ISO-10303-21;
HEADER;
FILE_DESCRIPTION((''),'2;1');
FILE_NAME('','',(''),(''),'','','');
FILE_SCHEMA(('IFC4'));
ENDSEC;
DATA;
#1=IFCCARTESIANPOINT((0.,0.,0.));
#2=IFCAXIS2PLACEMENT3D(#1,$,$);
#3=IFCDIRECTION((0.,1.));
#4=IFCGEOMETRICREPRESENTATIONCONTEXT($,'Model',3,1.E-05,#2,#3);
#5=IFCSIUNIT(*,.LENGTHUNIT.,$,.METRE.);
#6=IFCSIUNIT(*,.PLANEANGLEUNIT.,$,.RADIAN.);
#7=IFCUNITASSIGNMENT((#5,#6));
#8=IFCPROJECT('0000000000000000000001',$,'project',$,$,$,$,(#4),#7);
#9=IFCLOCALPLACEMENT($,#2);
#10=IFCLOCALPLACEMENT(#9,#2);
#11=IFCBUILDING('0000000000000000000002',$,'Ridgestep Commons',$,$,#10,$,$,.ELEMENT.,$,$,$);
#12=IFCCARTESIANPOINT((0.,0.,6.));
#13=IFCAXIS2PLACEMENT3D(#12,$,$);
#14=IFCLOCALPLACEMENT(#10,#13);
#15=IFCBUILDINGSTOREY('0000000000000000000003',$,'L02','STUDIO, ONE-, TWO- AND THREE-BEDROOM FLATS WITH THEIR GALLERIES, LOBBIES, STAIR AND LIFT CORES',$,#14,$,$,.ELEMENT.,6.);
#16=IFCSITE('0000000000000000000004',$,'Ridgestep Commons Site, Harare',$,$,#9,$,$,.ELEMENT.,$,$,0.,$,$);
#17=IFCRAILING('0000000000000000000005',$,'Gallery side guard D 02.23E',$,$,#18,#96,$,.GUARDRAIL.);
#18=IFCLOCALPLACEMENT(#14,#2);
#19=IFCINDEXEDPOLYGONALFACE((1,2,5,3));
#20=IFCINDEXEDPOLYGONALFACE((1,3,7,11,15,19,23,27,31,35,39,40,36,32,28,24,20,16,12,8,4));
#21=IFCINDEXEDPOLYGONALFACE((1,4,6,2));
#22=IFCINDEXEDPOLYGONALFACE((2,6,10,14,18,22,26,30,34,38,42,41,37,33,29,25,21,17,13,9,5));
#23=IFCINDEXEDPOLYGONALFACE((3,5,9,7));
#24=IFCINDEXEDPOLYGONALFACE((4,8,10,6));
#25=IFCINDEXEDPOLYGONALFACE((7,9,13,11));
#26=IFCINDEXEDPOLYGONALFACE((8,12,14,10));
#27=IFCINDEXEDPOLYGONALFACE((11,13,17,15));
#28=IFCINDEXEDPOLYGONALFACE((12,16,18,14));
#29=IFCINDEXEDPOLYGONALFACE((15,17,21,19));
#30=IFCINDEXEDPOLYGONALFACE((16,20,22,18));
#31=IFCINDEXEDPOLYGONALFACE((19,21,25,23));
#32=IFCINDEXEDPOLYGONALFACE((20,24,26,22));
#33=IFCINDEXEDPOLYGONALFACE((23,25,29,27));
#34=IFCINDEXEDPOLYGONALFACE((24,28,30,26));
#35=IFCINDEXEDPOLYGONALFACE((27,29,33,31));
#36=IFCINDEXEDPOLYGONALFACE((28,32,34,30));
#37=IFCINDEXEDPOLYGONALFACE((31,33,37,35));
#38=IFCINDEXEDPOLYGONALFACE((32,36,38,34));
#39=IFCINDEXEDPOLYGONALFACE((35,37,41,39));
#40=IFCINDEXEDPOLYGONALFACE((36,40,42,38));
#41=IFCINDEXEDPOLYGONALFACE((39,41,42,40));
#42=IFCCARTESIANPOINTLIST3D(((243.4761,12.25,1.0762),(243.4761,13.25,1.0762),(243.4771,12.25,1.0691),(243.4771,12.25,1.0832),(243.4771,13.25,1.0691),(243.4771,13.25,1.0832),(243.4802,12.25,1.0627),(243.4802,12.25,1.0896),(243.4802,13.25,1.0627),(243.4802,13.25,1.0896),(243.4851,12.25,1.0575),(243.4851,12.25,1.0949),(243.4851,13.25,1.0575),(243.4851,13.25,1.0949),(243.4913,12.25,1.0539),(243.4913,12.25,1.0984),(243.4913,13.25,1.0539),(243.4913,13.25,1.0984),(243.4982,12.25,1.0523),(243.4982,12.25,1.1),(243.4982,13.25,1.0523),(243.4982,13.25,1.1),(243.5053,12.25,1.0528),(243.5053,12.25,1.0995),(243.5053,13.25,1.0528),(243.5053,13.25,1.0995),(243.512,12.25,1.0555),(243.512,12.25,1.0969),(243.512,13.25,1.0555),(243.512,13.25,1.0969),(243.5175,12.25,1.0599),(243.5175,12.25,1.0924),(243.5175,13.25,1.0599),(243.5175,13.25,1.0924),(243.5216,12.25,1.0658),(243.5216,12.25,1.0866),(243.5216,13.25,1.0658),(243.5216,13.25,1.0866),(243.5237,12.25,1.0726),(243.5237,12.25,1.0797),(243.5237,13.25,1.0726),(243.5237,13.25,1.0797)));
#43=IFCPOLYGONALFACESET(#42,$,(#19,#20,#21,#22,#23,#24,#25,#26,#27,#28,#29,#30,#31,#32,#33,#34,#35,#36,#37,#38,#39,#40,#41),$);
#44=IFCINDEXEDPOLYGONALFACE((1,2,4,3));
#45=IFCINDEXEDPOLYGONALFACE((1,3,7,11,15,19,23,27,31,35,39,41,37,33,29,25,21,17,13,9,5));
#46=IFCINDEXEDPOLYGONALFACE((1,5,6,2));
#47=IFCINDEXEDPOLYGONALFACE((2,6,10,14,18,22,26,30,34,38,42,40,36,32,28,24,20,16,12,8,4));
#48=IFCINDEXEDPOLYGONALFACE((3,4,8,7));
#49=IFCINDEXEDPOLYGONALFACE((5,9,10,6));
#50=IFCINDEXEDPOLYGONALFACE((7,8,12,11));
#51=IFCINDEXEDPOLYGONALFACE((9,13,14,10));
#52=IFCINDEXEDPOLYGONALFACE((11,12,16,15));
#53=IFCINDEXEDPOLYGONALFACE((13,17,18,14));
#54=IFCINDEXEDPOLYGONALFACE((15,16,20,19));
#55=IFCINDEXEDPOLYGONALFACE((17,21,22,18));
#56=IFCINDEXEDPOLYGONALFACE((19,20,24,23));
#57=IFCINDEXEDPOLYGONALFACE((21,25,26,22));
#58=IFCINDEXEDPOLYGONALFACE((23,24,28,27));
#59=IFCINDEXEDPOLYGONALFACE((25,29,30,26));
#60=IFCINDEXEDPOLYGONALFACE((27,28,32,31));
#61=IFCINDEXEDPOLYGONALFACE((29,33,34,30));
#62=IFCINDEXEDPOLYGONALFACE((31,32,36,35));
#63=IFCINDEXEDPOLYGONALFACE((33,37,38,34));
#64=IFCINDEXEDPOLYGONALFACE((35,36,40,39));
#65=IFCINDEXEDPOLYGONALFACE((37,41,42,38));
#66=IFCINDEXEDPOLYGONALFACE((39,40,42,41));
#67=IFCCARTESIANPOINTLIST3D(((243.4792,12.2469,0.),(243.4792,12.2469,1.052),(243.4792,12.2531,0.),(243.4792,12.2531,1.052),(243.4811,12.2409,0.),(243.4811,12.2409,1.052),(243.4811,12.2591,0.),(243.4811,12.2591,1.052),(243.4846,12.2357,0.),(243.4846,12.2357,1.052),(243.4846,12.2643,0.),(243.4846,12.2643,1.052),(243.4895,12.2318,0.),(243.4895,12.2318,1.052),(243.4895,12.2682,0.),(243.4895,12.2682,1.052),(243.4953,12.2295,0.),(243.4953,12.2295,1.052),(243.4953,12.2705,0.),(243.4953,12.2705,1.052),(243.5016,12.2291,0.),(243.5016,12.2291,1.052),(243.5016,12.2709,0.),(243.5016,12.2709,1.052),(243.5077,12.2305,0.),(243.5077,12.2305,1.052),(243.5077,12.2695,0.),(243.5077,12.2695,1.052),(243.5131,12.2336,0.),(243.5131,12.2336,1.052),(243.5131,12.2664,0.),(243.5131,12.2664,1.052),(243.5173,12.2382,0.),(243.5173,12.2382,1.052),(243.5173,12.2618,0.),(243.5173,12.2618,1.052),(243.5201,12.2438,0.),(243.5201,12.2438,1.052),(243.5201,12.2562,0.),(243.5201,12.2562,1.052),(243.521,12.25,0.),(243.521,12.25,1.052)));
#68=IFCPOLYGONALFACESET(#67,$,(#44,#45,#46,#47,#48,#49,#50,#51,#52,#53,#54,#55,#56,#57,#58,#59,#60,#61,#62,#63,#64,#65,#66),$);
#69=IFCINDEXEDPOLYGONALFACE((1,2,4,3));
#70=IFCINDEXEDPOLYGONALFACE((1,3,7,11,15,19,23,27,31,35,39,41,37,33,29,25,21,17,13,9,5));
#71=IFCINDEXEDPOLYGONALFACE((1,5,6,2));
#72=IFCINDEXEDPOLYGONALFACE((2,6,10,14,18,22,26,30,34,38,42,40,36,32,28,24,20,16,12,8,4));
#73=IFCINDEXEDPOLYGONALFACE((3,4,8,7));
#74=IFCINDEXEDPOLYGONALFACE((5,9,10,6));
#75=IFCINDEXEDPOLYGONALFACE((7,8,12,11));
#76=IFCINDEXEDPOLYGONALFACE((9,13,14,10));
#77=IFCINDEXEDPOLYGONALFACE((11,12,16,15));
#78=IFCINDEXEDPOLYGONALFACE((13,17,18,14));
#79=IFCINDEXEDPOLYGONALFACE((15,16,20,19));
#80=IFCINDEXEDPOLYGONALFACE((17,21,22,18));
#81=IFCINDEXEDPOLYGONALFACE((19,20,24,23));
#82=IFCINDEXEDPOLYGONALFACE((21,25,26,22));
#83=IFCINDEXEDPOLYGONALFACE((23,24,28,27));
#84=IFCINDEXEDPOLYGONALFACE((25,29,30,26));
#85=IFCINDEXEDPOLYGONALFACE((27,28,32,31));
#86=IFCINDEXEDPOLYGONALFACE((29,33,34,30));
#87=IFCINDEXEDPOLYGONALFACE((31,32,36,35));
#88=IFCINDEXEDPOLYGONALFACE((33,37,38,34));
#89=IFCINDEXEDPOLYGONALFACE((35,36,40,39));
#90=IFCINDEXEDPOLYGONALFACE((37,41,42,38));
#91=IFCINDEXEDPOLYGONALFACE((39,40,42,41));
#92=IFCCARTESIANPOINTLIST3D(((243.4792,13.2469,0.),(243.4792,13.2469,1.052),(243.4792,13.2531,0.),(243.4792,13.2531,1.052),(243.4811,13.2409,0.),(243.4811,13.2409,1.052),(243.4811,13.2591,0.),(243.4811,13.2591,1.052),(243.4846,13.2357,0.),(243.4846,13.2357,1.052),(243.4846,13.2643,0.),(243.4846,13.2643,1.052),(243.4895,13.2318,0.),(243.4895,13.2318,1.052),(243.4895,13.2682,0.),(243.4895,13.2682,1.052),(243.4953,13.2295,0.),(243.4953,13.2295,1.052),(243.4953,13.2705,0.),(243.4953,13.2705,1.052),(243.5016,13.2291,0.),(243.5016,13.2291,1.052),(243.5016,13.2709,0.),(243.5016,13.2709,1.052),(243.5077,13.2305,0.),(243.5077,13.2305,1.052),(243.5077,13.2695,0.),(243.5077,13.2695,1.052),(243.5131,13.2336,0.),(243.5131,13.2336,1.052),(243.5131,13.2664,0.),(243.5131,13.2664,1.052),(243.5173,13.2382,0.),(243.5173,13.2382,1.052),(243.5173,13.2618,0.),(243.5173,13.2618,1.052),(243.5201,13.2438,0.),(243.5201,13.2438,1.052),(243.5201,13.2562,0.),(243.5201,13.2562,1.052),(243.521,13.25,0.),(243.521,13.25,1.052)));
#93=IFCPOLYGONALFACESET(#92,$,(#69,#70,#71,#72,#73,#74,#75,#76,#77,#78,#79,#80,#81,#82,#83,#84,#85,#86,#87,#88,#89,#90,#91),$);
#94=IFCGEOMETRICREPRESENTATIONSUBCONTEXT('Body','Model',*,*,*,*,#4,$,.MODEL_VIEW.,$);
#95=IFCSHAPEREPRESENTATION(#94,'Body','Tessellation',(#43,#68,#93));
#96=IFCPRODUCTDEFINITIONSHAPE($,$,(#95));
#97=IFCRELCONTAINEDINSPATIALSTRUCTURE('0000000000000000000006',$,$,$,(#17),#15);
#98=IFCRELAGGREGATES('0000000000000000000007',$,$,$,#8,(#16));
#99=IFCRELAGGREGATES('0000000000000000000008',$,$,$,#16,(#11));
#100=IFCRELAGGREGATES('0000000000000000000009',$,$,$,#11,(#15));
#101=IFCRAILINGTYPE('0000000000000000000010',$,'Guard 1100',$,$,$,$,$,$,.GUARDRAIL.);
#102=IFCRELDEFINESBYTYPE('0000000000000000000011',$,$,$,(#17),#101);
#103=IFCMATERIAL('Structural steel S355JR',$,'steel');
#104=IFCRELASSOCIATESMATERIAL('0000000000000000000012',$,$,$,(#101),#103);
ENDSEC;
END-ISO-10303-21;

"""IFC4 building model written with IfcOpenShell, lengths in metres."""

from ifc_helpers import new_model, si_unit, direction, frame, origin, origin_2d, place, context, subcontext, project, spatial, circle, extrude, material, type_object, element, save


model = new_model("IFC4")

# Units and contexts
model_context = context("Model", 3, precision=1e-05, world=origin(), true_north=direction((0.0, 1.0)))
body_context = subcontext(model_context, "Body", "Model", "MODEL_VIEW")
ifc_project = project(units=[si_unit("LENGTHUNIT", "METRE"), si_unit("PLANEANGLEUNIT", "RADIAN")], contexts=[model_context])

# Site, building, storey
site_placement = place(None, origin())
site = spatial("IfcSite", under=ifc_project, at=site_placement, Name="Ridgestep Commons Site, Harare", CompositionType="ELEMENT", RefElevation=0.0)
building_placement = place(site_placement, origin())
building = spatial("IfcBuilding", under=site, at=building_placement, Name="Ridgestep Commons", CompositionType="ELEMENT")
storey_placement = place(building_placement, frame((0.0, 0.0, 6.0)))
storey = spatial("IfcBuildingStorey", under=building, at=storey_placement, Name="L02", Description="STUDIO, ONE-, TWO- AND THREE-BEDROOM FLATS WITH THEIR GALLERIES, LOBBIES, STAIR AND LIFT CORES", CompositionType="ELEMENT", Elevation=6.0)

# Railing
ifc_material_1 = material(Name="Structural steel S355JR", Category="steel")
railing_type = type_object("IfcRailingType", Name="Guard 1100", PredefinedType="GUARDRAIL", material=ifc_material_1)
for number, where, name in (
    (1, (243.5, 12.25, 0.0), "Gallery side guard D 02.23E"),
):
    element("IfcRailing", number, at=place(storey_placement, frame(where)), inside=storey, type_object=railing_type, Name=name, PredefinedType="GUARDRAIL", context=body_context, shape_type="SweptSolid", body=[
        extrude(circle(Radius=0.0239, at=origin_2d()), frame((0.0, 0.0, 1.0762), z_axis=(0.0, 1.0, 0.0), x_axis=(-1.0, 0.0, 0.0)), (0.0, 0.0, 1.0), 1.0),
        extrude(circle(Radius=0.021, at=origin_2d()), origin(), (0.0, 0.0, 1.0), 1.052),
        extrude(circle(Radius=0.021, at=origin_2d()), frame((0.0, 1.0, 0.0)), (0.0, 0.0, 1.0), 1.052),
    ])

save(model, "model.ifc")
